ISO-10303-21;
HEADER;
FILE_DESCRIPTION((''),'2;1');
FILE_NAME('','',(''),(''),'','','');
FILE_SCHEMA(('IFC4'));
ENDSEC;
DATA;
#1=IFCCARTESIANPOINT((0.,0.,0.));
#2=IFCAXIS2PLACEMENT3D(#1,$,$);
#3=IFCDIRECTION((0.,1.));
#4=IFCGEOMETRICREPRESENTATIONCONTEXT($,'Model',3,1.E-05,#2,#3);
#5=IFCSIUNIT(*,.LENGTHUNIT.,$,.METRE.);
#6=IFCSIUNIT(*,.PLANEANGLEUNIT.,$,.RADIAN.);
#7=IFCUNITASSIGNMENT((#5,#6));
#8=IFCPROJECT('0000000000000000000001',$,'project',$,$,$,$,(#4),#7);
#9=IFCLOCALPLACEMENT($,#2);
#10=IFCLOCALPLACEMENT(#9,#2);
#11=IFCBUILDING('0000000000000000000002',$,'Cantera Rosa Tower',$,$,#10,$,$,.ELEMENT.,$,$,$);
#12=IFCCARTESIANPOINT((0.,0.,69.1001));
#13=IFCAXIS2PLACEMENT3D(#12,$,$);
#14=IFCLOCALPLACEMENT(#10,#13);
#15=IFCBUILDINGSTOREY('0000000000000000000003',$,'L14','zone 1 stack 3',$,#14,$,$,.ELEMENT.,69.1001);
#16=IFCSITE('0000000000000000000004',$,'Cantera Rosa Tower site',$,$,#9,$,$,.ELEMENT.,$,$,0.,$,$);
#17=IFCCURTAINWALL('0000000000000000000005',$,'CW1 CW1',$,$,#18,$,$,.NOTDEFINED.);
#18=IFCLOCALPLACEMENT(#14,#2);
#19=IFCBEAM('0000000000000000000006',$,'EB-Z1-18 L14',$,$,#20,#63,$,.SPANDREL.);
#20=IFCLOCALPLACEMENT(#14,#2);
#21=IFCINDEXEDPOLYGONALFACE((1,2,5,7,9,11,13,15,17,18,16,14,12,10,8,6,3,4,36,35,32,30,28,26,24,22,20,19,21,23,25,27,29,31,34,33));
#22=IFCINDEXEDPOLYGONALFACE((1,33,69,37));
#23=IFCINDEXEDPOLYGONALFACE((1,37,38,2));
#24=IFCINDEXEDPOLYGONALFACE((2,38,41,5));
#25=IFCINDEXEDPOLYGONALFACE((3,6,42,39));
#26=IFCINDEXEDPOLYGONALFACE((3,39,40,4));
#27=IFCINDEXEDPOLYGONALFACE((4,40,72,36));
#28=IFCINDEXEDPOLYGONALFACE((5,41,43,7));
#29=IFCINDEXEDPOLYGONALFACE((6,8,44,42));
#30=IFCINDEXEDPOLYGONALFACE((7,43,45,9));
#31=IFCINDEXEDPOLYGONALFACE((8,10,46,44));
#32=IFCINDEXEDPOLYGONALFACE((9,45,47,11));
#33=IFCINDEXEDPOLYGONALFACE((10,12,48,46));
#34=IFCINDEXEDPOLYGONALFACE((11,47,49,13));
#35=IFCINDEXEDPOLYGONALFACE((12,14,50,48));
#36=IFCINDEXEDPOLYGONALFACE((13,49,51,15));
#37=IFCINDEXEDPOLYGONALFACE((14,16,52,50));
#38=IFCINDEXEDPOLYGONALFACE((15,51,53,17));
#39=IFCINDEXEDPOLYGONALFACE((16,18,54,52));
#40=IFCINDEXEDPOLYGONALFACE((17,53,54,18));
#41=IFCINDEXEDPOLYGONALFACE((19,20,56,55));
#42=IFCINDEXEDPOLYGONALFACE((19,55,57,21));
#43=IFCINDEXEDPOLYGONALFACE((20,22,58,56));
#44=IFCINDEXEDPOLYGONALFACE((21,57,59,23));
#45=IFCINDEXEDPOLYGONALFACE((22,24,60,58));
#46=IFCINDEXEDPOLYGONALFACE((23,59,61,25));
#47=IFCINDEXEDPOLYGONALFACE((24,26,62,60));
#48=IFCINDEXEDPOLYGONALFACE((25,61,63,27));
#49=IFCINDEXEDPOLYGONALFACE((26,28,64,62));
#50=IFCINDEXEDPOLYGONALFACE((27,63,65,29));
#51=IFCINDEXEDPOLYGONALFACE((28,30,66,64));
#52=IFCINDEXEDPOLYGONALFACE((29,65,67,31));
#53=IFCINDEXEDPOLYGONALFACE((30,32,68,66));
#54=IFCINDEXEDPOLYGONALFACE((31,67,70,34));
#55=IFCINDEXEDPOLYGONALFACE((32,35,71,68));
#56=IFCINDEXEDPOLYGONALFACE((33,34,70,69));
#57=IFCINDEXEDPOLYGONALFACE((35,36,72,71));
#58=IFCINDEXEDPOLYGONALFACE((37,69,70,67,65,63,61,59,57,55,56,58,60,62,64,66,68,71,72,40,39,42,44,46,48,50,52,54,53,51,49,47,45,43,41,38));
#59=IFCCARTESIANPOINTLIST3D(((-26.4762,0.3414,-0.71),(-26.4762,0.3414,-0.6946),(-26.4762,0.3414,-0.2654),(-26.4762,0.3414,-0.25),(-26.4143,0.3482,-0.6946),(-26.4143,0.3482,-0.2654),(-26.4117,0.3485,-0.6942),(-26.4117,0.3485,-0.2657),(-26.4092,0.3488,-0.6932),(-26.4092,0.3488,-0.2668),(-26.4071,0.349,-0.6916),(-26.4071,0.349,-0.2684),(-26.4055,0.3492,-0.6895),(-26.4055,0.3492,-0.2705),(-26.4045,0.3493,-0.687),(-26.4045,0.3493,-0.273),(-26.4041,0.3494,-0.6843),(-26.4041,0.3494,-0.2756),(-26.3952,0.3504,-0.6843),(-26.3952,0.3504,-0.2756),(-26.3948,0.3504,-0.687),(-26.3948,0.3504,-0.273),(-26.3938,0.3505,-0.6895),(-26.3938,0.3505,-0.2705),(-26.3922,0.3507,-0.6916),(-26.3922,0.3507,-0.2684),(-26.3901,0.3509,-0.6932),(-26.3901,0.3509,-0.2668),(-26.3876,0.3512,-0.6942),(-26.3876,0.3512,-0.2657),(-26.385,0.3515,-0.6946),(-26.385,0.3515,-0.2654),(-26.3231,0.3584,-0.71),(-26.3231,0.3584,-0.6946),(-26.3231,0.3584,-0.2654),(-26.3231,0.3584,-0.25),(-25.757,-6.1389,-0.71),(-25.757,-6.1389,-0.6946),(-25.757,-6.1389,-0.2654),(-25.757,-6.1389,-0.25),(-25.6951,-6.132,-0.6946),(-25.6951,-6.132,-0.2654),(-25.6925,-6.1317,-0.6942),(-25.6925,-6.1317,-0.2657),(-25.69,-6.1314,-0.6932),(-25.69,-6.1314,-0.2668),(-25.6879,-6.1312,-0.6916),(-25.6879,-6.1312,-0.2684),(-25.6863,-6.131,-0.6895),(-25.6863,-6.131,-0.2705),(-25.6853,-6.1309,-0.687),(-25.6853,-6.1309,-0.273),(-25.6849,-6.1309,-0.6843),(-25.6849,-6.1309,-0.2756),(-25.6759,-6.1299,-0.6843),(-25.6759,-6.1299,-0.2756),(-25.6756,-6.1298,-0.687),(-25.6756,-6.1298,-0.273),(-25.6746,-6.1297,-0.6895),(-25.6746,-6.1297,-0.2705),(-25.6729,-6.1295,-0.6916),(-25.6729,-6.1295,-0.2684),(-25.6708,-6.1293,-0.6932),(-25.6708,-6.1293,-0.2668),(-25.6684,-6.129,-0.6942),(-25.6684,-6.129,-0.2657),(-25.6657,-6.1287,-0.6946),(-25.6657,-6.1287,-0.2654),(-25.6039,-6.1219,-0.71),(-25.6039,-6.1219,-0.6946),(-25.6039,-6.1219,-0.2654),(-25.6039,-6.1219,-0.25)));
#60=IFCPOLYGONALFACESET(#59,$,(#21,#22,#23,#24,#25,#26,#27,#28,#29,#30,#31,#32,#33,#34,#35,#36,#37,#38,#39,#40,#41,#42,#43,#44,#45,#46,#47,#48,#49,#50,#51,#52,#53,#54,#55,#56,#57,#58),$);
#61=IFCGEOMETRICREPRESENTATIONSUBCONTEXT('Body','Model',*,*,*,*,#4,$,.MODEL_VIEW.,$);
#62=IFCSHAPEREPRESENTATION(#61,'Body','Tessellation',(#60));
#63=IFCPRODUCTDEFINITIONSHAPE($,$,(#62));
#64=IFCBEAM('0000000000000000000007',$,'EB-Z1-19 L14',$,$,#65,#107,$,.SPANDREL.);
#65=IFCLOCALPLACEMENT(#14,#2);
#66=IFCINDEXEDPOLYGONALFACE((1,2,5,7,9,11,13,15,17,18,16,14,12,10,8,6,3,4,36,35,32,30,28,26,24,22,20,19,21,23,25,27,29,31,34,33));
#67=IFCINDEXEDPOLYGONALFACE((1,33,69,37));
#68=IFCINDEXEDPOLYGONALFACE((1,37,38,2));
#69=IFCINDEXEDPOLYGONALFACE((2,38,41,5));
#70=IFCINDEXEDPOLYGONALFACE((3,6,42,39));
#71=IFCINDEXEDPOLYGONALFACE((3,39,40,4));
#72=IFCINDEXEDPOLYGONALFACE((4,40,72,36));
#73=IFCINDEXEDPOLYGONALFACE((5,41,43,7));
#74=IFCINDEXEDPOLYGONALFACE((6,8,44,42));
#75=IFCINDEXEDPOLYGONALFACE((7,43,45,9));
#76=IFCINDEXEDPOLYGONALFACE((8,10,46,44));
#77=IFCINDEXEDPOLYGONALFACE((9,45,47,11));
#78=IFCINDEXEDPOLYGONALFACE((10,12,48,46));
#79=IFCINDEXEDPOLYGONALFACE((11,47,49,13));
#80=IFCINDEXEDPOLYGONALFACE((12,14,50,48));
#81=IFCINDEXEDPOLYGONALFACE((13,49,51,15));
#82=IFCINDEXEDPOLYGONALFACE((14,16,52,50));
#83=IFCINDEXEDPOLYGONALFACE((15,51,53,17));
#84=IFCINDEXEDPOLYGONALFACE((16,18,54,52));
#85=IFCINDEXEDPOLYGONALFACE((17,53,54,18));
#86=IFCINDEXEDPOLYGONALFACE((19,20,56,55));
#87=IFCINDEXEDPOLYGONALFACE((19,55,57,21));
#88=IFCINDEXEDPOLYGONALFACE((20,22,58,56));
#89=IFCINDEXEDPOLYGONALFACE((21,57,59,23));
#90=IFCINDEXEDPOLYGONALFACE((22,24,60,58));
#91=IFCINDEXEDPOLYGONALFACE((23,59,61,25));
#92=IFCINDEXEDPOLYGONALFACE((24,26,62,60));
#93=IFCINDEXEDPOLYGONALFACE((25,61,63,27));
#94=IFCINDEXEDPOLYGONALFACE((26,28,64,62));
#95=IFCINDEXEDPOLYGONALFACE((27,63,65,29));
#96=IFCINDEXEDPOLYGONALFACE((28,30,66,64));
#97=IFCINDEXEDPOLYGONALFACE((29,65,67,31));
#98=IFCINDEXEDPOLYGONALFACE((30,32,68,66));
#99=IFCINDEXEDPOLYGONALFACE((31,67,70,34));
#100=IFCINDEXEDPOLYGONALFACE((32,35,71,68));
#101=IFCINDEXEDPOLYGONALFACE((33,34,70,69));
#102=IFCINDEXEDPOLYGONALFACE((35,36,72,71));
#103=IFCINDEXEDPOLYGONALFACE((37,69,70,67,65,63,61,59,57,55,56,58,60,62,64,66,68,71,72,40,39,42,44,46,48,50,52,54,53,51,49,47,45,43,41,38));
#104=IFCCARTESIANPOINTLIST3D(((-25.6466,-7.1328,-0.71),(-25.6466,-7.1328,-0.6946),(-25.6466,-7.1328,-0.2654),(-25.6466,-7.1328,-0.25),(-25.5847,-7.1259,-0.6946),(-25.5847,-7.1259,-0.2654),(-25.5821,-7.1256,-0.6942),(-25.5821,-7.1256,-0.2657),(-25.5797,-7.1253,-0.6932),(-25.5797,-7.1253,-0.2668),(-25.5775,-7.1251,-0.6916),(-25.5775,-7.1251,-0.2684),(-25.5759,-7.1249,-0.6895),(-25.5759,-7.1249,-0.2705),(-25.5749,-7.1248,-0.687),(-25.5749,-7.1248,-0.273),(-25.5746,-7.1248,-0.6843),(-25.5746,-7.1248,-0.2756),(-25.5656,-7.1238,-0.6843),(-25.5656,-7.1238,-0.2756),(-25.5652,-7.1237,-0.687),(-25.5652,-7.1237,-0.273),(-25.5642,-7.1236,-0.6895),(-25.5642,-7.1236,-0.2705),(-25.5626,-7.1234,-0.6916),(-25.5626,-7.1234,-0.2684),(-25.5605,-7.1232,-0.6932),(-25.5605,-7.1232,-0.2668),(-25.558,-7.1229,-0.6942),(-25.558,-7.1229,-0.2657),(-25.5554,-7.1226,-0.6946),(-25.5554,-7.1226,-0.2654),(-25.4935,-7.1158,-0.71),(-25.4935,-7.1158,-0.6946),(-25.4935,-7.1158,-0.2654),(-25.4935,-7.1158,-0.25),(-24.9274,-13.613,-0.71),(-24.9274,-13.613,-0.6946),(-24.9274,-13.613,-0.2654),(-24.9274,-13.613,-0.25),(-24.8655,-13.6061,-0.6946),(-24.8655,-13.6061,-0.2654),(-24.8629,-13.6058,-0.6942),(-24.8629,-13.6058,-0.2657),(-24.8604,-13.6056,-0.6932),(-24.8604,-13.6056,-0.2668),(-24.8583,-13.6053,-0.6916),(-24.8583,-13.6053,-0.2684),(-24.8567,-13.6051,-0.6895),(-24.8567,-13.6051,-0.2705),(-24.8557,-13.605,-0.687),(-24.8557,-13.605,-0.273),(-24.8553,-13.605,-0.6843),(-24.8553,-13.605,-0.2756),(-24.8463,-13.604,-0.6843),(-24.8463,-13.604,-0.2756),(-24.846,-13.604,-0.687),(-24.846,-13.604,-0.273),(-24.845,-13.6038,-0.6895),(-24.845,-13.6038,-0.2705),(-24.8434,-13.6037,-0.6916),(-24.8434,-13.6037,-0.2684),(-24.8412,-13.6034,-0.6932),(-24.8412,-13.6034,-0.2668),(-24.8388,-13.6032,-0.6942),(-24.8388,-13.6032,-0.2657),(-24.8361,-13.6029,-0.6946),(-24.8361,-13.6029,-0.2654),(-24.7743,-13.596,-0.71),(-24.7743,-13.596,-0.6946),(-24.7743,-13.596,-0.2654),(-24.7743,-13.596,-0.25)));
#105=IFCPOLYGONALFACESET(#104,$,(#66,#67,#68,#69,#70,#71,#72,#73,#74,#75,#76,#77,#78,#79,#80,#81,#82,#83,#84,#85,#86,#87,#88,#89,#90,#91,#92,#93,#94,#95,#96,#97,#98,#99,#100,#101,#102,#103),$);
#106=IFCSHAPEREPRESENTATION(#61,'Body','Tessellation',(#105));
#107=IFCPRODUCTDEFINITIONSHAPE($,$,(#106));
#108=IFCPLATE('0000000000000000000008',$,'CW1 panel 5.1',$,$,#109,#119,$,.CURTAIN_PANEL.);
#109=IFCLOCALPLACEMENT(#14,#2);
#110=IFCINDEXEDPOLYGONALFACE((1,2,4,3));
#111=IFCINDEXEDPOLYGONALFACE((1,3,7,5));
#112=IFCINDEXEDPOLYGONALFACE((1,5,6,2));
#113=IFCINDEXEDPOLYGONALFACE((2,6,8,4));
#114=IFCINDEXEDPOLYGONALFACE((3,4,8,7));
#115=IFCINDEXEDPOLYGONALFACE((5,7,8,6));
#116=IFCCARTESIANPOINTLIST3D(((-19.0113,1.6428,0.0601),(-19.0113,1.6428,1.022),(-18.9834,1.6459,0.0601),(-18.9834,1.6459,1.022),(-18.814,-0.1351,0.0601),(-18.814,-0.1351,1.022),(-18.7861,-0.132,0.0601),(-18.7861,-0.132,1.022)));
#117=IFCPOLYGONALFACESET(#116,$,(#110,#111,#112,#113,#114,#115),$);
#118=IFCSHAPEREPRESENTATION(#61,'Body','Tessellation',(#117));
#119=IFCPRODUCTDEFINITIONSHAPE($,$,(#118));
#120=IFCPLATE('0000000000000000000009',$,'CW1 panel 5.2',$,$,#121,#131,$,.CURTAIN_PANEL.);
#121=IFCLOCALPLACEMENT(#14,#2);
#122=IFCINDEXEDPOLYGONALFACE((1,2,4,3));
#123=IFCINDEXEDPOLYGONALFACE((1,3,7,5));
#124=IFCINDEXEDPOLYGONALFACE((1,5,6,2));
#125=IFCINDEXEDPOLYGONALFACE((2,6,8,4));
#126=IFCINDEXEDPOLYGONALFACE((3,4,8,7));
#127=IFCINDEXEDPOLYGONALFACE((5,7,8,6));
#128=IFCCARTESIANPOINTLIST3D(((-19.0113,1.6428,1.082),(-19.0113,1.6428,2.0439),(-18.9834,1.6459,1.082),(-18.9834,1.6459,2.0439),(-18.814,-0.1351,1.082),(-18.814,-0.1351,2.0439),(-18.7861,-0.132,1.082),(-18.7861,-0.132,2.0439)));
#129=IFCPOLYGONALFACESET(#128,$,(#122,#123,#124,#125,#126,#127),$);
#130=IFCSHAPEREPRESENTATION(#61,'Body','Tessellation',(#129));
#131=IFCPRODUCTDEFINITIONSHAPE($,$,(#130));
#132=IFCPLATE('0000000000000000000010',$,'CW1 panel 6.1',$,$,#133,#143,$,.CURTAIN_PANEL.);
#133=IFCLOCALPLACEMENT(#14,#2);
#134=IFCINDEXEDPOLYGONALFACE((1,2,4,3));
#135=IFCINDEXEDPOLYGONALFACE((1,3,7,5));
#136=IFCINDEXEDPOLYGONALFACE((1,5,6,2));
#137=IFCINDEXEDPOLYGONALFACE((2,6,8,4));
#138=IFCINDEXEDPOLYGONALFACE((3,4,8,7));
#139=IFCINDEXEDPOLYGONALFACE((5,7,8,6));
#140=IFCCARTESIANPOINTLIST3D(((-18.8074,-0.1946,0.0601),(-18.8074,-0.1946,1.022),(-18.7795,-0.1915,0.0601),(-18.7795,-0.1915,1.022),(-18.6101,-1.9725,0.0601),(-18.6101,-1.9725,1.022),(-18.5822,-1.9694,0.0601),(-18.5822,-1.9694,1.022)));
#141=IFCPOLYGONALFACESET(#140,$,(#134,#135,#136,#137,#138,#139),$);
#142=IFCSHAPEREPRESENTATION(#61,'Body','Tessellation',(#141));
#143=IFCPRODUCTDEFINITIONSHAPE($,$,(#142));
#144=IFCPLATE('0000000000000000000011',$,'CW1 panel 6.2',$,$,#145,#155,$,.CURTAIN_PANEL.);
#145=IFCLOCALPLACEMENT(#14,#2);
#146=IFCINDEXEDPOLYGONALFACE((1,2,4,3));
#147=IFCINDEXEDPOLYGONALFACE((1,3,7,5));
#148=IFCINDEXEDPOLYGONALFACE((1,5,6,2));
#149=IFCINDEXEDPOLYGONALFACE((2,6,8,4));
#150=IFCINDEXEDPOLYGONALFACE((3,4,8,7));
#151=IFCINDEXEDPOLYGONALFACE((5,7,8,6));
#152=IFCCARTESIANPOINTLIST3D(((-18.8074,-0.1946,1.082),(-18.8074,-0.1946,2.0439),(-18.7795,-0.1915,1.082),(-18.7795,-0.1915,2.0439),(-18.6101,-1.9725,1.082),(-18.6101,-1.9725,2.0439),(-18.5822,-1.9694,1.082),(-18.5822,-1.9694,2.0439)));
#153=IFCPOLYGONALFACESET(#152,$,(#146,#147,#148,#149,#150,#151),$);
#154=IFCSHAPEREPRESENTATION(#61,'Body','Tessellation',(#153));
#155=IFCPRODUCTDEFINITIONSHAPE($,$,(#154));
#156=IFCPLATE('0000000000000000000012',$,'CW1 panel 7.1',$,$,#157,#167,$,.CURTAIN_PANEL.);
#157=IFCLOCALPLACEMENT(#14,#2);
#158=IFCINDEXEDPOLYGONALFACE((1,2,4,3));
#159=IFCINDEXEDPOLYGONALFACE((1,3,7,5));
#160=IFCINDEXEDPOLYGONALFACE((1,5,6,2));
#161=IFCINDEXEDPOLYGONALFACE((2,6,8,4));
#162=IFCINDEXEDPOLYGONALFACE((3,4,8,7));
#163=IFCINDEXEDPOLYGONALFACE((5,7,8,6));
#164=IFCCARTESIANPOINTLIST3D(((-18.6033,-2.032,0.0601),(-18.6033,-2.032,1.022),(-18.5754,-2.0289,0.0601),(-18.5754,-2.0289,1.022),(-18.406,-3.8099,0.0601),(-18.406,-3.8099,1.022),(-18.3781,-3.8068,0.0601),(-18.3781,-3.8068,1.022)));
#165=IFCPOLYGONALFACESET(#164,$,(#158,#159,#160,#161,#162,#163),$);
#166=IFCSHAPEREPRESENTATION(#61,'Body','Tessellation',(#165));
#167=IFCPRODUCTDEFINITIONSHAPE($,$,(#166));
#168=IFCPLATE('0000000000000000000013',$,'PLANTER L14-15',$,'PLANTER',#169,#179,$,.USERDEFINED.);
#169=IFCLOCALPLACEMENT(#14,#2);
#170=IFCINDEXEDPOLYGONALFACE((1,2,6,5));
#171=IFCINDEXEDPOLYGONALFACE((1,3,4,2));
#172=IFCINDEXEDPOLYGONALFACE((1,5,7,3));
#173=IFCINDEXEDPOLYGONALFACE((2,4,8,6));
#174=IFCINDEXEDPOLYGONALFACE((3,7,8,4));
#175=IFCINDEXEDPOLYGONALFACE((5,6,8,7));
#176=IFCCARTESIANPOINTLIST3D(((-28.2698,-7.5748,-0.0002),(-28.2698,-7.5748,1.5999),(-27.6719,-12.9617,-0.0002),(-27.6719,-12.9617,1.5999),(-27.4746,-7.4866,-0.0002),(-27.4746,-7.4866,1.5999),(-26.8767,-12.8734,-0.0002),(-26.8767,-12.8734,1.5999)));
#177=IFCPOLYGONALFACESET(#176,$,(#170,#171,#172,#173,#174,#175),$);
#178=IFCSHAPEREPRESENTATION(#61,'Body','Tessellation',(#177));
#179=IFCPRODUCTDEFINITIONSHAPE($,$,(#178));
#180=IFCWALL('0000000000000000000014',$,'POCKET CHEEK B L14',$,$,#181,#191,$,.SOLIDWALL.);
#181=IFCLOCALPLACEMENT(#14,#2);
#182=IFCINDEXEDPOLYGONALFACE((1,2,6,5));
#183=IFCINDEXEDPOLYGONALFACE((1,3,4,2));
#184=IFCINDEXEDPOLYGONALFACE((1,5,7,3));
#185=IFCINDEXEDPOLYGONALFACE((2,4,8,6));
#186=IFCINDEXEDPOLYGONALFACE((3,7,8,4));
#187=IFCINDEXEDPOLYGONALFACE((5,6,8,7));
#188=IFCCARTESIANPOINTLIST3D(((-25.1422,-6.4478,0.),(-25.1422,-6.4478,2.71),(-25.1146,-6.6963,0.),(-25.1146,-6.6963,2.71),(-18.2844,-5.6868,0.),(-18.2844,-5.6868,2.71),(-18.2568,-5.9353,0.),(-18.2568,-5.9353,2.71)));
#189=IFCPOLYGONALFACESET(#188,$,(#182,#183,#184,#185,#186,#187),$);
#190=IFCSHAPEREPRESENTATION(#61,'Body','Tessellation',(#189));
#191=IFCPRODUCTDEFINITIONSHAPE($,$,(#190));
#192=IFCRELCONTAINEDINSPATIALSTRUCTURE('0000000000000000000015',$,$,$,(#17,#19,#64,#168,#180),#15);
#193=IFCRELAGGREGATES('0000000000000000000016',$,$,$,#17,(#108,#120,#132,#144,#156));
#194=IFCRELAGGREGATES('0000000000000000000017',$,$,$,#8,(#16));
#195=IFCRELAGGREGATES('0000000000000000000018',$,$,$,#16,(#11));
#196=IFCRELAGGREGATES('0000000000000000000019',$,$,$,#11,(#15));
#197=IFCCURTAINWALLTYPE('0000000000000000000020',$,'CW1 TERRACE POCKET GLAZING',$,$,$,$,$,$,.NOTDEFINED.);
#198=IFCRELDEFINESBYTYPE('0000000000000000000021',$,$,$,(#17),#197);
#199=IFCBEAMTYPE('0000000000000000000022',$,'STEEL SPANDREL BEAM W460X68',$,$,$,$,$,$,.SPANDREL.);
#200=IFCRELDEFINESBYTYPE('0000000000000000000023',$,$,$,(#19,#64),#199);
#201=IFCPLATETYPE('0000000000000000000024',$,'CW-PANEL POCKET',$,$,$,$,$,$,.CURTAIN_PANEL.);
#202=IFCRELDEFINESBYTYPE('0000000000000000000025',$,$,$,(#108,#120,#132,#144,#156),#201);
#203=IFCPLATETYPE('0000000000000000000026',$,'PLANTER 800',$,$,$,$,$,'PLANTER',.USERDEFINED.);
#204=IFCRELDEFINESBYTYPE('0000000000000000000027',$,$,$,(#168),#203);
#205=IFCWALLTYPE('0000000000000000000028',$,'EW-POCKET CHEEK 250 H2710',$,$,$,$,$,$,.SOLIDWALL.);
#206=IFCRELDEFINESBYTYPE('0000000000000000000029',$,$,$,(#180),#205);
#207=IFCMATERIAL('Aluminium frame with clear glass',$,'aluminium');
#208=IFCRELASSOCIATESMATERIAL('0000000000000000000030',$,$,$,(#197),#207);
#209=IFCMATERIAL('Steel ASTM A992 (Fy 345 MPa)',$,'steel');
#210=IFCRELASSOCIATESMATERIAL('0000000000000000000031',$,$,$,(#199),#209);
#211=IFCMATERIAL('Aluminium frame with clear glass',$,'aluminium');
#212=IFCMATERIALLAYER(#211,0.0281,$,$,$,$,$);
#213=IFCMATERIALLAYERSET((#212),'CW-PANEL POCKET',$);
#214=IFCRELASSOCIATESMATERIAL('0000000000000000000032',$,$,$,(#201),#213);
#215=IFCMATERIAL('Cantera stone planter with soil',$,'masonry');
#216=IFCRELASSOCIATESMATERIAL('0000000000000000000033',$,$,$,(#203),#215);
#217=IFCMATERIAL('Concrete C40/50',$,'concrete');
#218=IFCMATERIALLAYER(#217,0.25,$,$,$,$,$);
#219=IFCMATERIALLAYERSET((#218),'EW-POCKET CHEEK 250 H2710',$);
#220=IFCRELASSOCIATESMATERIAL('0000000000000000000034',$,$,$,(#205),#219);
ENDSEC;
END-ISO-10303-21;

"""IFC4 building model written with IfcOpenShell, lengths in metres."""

from ifc_helpers import new_model, si_unit, direction, frame, frame_2d, origin, origin_2d, place, context, subcontext, project, spatial, rectangle, i_section, extrude, material, layer, layer_set, material_profile, profile_set, type_object, element, aggregate, save


model = new_model("IFC4")

# Units and contexts
model_context = context("Model", 3, precision=1e-05, world=origin(), true_north=direction((0.0, 1.0)))
body_context = subcontext(model_context, "Body", "Model", "MODEL_VIEW")
ifc_project = project(units=[si_unit("LENGTHUNIT", "METRE"), si_unit("PLANEANGLEUNIT", "RADIAN")], contexts=[model_context])

# Site, building, storey
site_placement = place(None, origin())
site = spatial("IfcSite", under=ifc_project, at=site_placement, Name="Cantera Rosa Tower site", CompositionType="ELEMENT", RefElevation=0.0)
building_placement = place(site_placement, origin())
building = spatial("IfcBuilding", under=site, at=building_placement, Name="Cantera Rosa Tower", CompositionType="ELEMENT")
storey_placement = place(building_placement, frame((0.0, 0.0, 69.1001)))
storey = spatial("IfcBuildingStorey", under=building, at=storey_placement, Name="L14", Description="zone 1 stack 3", CompositionType="ELEMENT", Elevation=69.1001)

# Curtain wall
ifc_material_1 = material(Name="Aluminium frame with clear glass", Category="aluminium")
curtain_wall_type = type_object("IfcCurtainWallType", Name="CW1 TERRACE POCKET GLAZING", PredefinedType="NOTDEFINED", material=ifc_material_1)
curtain_wall_placement = place(storey_placement, origin())
curtain_wall = element("IfcCurtainWall", 1, at=curtain_wall_placement, inside=storey, type_object=curtain_wall_type, Name="CW1 CW1", PredefinedType="NOTDEFINED")

# Beams
ifc_material_2 = material(Name="Steel ASTM A992 (Fy 345 MPa)", Category="steel")
ifc_material_profile_1 = material_profile(ifc_material_2, i_section(OverallWidth=0.1541, OverallDepth=0.46, WebThickness=0.009, FlangeThickness=0.0154, FilletRadius=0.0103, at=origin_2d()), Name="W460X68")
ifc_profile_set_1 = profile_set([ifc_material_profile_1], Name="Steel ASTM A992 (Fy 345 MPa)")
beam_type_1 = type_object("IfcBeamType", Name="STEEL SPANDREL BEAM W460X68", PredefinedType="SPANDREL", material=ifc_profile_set_1)
for number, where, z_axis, x_axis, name in (
    (2, (-26.3997, 0.3499, -0.48), (0.110312, -0.993897, 0.0), (0.993897, 0.110312, 0.0), "EB-Z1-18 L14"),
    (3, (-25.5701, -7.1243, -0.48), (0.110312, -0.993897, 0.0), (0.993897, 0.110312, 0.0), "EB-Z1-19 L14"),
):
    element("IfcBeam", number, at=place(storey_placement, frame(where, z_axis=z_axis, x_axis=x_axis)), inside=storey, type_object=beam_type_1, Name=name, PredefinedType="SPANDREL", context=body_context, shape_type="SweptSolid", body=[
        extrude(i_section(OverallWidth=0.1541, OverallDepth=0.46, WebThickness=0.009, FlangeThickness=0.0154, FilletRadius=0.0103, at=origin_2d()), origin(), (0.0, 0.0, 1.0), 6.52),
    ])

# Plates
ifc_material_3 = material(Name="Aluminium frame with clear glass", Category="aluminium")
ifc_layer_1 = layer(ifc_material_3, 0.0281)
ifc_layer_set_1 = layer_set([ifc_layer_1], Name="CW-PANEL POCKET")
plate_type_1 = type_object("IfcPlateType", Name="CW-PANEL POCKET", PredefinedType="CURTAIN_PANEL", material=ifc_layer_set_1)
plate_1_placement = place(storey_placement, frame((-18.8987, 0.7554, 0.0601), z_axis=(0.0, 0.0, 1.0), x_axis=(0.110313, -0.993897, 0.0)))
plate_1 = element("IfcPlate", 4, at=plate_1_placement, type_object=plate_type_1, Name="CW1 panel 5.1", PredefinedType="CURTAIN_PANEL", context=body_context, shape_type="SweptSolid", body=[
    extrude(rectangle(XDim=1.7888, YDim=0.0281, at=origin_2d()), origin(), (0.0, 0.0, 1.0), 0.9619),
])
plate_2_placement = place(storey_placement, frame((-18.8987, 0.7554, 1.082), z_axis=(0.0, 0.0, 1.0), x_axis=(0.110313, -0.993897, 0.0)))
plate_2 = element("IfcPlate", 5, at=plate_2_placement, type_object=plate_type_1, Name="CW1 panel 5.2", PredefinedType="CURTAIN_PANEL", context=body_context, shape_type="SweptSolid", body=[
    extrude(rectangle(XDim=1.7888, YDim=0.0281, at=origin_2d()), origin(), (0.0, 0.0, 1.0), 0.9619),
])
plate_3_placement = place(storey_placement, frame((-18.6948, -1.082, 0.0601), z_axis=(0.0, 0.0, 1.0), x_axis=(0.110313, -0.993897, 0.0)))
plate_3 = element("IfcPlate", 6, at=plate_3_placement, type_object=plate_type_1, Name="CW1 panel 6.1", PredefinedType="CURTAIN_PANEL", context=body_context, shape_type="SweptSolid", body=[
    extrude(rectangle(XDim=1.7888, YDim=0.0281, at=origin_2d()), origin(), (0.0, 0.0, 1.0), 0.9619),
])
plate_4_placement = place(storey_placement, frame((-18.6948, -1.082, 1.082), z_axis=(0.0, 0.0, 1.0), x_axis=(0.110313, -0.993897, 0.0)))
plate_4 = element("IfcPlate", 7, at=plate_4_placement, type_object=plate_type_1, Name="CW1 panel 6.2", PredefinedType="CURTAIN_PANEL", context=body_context, shape_type="SweptSolid", body=[
    extrude(rectangle(XDim=1.7888, YDim=0.0281, at=origin_2d()), origin(), (0.0, 0.0, 1.0), 0.9619),
])
plate_5_placement = place(storey_placement, frame((-18.4907, -2.9194, 0.0601), z_axis=(0.0, 0.0, 1.0), x_axis=(0.110313, -0.993897, 0.0)))
plate_5 = element("IfcPlate", 8, at=plate_5_placement, type_object=plate_type_1, Name="CW1 panel 7.1", PredefinedType="CURTAIN_PANEL", context=body_context, shape_type="SweptSolid", body=[
    extrude(rectangle(XDim=1.7888, YDim=0.0281, at=origin_2d()), origin(), (0.0, 0.0, 1.0), 0.9619),
])
aggregate(curtain_wall, [plate_1, plate_2, plate_3, plate_4, plate_5])
ifc_material_4 = material(Name="Cantera stone planter with soil", Category="masonry")
plate_type_2 = type_object("IfcPlateType", Name="PLANTER 800", ElementType="PLANTER", PredefinedType="USERDEFINED", material=ifc_material_4)
plate_6_placement = place(storey_placement, frame((-27.5732, -10.2241, -0.0002), z_axis=(0.0, 0.0, 1.0), x_axis=(0.110313, -0.993897, 0.0)))
element("IfcPlate", 9, at=plate_6_placement, inside=storey, type_object=plate_type_2, Name="PLANTER L14-15", ObjectType="PLANTER", PredefinedType="USERDEFINED", context=body_context, shape_type="SweptSolid", body=[
    extrude(rectangle(XDim=5.4199, YDim=0.8, at=origin_2d()), origin(), (0.0, 0.0, 1.0), 1.6001),
])

# Wall
ifc_material_5 = material(Name="Concrete C40/50", Category="concrete")
ifc_layer_2 = layer(ifc_material_5, 0.25)
ifc_layer_set_2 = layer_set([ifc_layer_2], Name="EW-POCKET CHEEK 250 H2710")
wall_type_1 = type_object("IfcWallType", Name="EW-POCKET CHEEK 250 H2710", PredefinedType="SOLIDWALL", material=ifc_layer_set_2)
wall_1_placement = place(storey_placement, frame((-25.1284, -6.572, 0.0), z_axis=(0.0, 0.0, 1.0), x_axis=(0.9939, 0.110288, 0.0)))
element("IfcWall", 10, at=wall_1_placement, inside=storey, type_object=wall_type_1, Name="POCKET CHEEK B L14", PredefinedType="SOLIDWALL", context=body_context, shape_type="SweptSolid", body=[
    extrude(rectangle(XDim=6.8999, YDim=0.25, at=frame_2d((3.45, 0.0))), origin(), (0.0, 0.0, 1.0), 2.71),
])

save(model, "model.ifc")
